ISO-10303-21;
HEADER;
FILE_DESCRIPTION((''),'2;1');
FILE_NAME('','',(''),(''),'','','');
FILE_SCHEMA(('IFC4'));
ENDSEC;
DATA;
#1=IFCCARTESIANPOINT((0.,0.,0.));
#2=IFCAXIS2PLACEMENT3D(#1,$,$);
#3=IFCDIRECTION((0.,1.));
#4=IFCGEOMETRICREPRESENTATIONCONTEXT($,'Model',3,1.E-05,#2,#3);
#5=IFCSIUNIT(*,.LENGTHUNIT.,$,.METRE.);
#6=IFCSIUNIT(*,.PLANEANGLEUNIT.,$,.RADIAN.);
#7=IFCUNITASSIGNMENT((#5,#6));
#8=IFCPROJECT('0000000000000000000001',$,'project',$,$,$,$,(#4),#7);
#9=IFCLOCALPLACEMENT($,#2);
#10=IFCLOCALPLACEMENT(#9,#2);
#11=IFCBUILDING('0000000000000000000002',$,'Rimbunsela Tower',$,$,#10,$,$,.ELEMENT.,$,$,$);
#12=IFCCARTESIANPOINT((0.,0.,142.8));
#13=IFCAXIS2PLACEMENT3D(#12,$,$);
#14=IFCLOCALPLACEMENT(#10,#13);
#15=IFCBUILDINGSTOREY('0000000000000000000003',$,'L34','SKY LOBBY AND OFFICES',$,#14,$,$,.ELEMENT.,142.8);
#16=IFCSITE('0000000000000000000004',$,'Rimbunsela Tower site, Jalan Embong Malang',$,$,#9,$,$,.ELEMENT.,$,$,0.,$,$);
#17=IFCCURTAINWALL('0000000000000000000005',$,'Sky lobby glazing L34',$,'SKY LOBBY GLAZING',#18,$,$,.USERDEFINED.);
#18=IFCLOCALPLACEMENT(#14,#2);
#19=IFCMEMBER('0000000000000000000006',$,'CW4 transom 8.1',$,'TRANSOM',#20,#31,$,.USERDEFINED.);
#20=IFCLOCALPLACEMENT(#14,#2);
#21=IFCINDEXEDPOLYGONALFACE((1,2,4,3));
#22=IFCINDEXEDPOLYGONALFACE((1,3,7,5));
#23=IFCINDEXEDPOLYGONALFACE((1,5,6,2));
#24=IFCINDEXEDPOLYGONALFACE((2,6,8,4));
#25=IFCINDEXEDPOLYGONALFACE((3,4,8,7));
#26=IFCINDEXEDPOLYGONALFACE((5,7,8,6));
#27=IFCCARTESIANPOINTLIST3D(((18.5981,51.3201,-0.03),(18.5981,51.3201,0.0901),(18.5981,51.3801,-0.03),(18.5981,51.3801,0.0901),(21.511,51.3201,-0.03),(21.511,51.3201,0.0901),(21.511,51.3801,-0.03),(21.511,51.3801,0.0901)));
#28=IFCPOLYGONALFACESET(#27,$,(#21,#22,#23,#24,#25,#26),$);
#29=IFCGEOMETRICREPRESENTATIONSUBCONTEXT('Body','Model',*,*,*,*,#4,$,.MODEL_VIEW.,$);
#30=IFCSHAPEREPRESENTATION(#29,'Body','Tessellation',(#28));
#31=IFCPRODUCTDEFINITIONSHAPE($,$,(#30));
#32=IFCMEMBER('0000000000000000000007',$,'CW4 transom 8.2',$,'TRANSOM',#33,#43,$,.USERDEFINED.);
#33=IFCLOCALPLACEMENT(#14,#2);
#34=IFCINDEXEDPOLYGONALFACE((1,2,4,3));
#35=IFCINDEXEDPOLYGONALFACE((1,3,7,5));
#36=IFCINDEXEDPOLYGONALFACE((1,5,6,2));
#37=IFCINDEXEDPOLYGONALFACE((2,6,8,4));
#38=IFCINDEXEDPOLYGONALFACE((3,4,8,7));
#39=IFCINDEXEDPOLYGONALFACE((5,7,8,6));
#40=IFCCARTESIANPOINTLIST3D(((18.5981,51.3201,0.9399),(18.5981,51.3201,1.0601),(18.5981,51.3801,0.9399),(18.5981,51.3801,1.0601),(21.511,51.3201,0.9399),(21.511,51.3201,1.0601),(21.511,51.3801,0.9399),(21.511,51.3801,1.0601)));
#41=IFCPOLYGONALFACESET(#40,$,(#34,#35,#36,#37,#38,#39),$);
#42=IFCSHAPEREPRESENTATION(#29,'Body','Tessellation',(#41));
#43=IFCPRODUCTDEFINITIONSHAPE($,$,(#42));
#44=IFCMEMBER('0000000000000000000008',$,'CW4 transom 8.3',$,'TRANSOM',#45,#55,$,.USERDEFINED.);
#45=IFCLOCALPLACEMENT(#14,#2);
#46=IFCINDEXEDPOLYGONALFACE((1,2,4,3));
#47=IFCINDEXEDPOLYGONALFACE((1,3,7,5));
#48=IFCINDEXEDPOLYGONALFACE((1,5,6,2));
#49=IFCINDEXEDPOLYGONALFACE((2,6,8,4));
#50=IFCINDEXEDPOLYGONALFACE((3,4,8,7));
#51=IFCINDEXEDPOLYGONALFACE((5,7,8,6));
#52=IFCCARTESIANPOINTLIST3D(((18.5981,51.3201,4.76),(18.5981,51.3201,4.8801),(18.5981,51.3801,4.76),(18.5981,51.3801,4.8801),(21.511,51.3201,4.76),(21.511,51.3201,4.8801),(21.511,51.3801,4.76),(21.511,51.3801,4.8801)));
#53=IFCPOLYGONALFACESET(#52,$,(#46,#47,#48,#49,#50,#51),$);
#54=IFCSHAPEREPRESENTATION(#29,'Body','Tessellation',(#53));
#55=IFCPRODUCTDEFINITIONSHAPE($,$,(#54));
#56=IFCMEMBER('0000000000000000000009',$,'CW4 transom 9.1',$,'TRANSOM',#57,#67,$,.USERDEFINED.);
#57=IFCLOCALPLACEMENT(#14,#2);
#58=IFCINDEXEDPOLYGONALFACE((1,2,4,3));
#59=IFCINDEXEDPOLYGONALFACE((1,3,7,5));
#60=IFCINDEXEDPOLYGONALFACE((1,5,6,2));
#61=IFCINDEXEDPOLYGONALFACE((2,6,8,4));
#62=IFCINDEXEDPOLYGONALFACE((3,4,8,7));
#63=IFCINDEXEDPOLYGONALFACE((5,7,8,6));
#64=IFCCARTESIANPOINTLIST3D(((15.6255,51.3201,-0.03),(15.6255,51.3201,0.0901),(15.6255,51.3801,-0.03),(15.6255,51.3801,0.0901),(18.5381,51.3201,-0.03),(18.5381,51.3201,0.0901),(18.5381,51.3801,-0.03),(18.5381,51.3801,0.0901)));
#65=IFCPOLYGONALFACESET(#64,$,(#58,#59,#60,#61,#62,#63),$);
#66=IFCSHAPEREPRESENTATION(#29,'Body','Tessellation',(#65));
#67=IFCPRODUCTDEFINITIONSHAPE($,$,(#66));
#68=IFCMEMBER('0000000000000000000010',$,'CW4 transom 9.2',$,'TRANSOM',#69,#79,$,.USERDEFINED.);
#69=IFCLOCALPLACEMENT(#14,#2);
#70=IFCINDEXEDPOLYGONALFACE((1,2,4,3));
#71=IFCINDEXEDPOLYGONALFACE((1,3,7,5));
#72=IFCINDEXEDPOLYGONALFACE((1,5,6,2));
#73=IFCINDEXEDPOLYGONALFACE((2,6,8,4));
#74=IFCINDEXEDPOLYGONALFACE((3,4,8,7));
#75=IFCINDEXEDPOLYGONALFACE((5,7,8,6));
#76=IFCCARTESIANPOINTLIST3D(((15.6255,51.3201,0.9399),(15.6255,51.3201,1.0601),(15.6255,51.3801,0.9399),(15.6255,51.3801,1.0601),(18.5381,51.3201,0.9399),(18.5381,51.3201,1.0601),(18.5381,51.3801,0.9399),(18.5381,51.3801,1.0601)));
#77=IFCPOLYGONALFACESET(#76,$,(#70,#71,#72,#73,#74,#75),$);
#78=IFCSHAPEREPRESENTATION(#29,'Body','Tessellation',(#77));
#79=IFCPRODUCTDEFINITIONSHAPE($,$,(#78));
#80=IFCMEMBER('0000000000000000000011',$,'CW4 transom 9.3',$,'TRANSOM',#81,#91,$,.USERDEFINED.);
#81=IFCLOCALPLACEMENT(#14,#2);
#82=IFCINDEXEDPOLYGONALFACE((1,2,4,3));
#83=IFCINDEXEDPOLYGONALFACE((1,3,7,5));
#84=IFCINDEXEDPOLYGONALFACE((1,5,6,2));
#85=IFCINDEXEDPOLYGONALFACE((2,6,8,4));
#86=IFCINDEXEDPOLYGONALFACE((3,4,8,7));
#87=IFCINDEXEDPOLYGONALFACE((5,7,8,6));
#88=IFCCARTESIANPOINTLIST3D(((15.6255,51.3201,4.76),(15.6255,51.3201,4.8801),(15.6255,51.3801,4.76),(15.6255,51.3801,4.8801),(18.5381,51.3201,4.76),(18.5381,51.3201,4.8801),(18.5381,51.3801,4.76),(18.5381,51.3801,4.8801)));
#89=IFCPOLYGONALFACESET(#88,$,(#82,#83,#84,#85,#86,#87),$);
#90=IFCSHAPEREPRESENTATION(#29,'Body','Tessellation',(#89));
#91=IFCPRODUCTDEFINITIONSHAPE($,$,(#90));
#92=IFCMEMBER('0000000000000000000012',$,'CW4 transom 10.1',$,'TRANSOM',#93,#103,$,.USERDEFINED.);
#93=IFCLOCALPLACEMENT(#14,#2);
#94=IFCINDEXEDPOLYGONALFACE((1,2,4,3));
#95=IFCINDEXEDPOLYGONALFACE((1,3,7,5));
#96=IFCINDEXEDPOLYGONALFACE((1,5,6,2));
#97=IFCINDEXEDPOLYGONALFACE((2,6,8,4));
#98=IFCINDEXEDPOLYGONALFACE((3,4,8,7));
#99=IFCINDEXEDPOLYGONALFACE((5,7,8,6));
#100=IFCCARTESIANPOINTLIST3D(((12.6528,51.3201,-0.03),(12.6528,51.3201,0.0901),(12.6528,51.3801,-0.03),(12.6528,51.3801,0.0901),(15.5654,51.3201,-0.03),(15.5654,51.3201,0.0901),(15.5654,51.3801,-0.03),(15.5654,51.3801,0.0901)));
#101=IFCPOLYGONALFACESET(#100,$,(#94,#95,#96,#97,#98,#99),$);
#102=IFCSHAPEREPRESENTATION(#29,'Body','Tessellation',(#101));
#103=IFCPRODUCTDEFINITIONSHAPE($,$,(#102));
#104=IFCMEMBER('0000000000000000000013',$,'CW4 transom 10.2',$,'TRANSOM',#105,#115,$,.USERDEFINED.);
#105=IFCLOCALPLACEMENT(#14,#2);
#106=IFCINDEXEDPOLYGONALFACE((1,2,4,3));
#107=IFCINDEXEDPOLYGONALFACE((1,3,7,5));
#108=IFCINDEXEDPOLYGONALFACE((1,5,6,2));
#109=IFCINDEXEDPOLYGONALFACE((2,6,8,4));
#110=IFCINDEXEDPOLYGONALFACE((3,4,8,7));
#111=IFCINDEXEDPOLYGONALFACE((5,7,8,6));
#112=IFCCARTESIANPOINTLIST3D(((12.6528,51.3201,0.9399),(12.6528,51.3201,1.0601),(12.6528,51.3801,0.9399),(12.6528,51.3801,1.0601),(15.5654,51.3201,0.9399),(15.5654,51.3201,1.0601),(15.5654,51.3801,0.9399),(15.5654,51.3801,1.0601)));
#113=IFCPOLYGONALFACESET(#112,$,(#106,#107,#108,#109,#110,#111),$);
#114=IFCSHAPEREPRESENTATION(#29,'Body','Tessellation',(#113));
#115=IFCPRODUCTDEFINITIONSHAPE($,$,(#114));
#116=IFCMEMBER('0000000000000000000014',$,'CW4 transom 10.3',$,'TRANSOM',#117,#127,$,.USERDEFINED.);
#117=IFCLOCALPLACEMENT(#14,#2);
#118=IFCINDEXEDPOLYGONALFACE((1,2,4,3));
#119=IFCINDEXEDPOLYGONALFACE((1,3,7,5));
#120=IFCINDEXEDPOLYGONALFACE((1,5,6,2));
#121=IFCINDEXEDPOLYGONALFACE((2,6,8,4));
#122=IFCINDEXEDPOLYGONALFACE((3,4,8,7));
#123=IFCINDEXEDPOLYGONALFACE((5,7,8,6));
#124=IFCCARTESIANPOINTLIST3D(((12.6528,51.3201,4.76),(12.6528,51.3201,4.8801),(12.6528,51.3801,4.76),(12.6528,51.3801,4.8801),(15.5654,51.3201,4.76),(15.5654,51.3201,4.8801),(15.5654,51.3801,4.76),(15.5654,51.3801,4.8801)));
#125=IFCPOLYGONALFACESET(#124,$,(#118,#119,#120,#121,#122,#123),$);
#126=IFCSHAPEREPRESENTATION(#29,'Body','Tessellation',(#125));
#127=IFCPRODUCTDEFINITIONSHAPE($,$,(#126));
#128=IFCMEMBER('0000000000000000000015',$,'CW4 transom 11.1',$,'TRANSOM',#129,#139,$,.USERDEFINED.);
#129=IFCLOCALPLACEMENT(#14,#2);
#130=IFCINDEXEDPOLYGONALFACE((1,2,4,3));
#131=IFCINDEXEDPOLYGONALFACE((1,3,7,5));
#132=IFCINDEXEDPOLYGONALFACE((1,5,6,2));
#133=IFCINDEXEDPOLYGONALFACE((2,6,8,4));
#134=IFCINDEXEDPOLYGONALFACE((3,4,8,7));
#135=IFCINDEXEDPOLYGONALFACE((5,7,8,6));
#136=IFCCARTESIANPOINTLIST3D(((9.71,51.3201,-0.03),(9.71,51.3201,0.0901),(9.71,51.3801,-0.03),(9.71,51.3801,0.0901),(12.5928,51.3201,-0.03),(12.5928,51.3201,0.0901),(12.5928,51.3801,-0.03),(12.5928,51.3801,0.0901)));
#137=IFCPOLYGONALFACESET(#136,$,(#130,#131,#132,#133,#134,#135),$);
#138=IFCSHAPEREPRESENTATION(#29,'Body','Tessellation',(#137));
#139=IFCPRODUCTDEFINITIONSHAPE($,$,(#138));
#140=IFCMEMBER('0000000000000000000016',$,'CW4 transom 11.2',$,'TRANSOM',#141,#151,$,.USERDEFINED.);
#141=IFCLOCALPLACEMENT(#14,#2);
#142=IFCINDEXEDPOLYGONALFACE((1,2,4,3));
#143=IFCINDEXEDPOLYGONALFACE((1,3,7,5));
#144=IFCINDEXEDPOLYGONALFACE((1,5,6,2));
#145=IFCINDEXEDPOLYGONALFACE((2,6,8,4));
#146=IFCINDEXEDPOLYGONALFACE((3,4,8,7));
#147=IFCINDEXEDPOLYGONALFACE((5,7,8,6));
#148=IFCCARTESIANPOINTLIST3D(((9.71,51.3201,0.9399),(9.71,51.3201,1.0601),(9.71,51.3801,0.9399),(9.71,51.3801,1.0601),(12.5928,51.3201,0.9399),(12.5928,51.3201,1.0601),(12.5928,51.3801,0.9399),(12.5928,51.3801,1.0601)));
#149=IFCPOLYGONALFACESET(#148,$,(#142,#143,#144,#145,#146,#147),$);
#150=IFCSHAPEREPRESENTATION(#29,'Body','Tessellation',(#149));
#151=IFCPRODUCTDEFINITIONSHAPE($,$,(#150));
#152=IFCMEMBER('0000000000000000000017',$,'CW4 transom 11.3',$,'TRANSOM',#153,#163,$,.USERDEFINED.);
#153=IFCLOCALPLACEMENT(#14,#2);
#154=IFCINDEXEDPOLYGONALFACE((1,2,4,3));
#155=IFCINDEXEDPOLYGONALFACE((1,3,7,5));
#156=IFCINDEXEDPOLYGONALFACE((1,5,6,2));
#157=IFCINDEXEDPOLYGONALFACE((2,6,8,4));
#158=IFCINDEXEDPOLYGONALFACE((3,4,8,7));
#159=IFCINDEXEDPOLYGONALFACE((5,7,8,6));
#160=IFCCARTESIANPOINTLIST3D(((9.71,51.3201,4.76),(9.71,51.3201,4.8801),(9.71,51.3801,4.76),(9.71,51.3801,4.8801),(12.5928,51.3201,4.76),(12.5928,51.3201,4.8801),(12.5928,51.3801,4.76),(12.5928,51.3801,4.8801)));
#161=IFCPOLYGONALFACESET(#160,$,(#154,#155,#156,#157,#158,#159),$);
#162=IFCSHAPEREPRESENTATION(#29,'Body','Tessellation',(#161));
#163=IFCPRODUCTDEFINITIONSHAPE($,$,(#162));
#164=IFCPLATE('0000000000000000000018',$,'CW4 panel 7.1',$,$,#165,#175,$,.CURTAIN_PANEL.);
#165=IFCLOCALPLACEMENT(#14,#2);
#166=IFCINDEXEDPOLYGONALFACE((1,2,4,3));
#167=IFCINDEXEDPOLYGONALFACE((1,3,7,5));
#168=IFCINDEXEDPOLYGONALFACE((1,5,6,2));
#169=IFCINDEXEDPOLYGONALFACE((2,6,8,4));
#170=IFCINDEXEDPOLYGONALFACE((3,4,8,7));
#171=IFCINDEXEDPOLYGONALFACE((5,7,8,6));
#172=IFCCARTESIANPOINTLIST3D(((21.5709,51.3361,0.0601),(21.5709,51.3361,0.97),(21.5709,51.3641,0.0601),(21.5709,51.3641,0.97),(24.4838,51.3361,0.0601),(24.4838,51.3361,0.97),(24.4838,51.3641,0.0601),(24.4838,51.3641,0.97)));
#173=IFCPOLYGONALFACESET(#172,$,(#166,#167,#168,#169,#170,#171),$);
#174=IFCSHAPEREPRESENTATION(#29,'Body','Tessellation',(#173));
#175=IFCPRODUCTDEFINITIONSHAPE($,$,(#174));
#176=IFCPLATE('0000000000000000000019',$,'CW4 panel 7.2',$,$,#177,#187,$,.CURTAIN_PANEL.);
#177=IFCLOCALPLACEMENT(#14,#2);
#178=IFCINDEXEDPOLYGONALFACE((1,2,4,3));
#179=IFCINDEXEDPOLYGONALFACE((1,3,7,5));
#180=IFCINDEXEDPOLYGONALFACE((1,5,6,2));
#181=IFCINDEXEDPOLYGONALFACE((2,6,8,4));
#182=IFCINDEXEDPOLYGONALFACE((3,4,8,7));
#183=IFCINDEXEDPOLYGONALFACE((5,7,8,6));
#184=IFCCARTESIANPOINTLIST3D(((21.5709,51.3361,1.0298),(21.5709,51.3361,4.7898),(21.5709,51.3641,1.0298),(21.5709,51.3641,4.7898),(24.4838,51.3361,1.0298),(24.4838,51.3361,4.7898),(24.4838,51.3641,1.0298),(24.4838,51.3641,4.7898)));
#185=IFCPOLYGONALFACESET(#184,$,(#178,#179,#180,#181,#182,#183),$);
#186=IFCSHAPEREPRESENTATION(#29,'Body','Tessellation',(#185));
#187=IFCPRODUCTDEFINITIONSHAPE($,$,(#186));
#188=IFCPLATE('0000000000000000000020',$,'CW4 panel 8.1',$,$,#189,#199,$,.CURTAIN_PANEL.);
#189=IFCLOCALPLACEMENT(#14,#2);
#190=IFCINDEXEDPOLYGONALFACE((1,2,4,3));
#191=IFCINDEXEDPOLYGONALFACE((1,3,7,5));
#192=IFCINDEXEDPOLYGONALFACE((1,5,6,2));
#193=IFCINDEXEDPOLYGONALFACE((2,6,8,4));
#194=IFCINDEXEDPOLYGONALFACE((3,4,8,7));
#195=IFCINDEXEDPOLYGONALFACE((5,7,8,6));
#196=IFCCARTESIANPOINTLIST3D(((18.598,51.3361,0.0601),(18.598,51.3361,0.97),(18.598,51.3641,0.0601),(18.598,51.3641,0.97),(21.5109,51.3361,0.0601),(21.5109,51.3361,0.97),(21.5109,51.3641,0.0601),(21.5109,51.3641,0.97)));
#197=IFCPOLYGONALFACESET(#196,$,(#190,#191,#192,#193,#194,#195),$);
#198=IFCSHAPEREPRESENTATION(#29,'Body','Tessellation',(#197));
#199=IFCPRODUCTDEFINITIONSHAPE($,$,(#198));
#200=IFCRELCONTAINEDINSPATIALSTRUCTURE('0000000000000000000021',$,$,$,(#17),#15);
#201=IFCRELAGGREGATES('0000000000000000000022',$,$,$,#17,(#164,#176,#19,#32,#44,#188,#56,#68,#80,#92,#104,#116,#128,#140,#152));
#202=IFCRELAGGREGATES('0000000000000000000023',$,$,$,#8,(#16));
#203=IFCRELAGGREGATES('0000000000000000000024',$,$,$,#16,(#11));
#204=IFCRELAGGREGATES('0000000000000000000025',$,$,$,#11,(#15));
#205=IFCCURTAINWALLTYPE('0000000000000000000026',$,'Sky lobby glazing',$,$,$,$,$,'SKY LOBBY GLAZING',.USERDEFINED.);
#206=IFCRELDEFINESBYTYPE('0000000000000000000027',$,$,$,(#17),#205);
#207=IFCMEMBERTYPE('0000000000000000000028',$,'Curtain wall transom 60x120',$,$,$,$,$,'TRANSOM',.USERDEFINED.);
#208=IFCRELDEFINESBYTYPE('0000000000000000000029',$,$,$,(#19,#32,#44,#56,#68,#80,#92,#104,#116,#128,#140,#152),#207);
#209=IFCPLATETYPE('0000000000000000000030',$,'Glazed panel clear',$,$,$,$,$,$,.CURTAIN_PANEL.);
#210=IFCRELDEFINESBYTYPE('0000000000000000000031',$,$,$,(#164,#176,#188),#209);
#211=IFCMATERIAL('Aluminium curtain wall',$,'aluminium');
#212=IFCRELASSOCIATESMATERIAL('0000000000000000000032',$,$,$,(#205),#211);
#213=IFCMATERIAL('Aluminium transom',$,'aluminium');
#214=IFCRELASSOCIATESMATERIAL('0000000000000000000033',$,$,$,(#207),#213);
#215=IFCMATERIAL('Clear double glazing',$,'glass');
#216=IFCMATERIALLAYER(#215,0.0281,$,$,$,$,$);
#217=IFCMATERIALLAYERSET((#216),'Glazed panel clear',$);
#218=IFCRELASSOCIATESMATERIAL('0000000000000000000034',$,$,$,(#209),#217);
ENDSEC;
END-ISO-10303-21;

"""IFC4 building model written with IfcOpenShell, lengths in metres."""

from ifc_helpers import new_model, si_unit, direction, frame, origin, origin_2d, place, context, subcontext, project, spatial, rectangle, extrude, material, layer, layer_set, material_profile, profile_set, type_object, element, aggregate, save


model = new_model("IFC4")

# Units and contexts
model_context = context("Model", 3, precision=1e-05, world=origin(), true_north=direction((0.0, 1.0)))
body_context = subcontext(model_context, "Body", "Model", "MODEL_VIEW")
ifc_project = project(units=[si_unit("LENGTHUNIT", "METRE"), si_unit("PLANEANGLEUNIT", "RADIAN")], contexts=[model_context])

# Site, building, storey
site_placement = place(None, origin())
site = spatial("IfcSite", under=ifc_project, at=site_placement, Name="Rimbunsela Tower site, Jalan Embong Malang", CompositionType="ELEMENT", RefElevation=0.0)
building_placement = place(site_placement, origin())
building = spatial("IfcBuilding", under=site, at=building_placement, Name="Rimbunsela Tower", CompositionType="ELEMENT")
storey_placement = place(building_placement, frame((0.0, 0.0, 142.8)))
storey = spatial("IfcBuildingStorey", under=building, at=storey_placement, Name="L34", Description="SKY LOBBY AND OFFICES", CompositionType="ELEMENT", Elevation=142.8)

# Curtain wall, members, plates
ifc_material_1 = material(Name="Aluminium curtain wall", Category="aluminium")
curtain_wall_type = type_object("IfcCurtainWallType", Name="Sky lobby glazing", ElementType="SKY LOBBY GLAZING", PredefinedType="USERDEFINED", material=ifc_material_1)
curtain_wall_placement = place(storey_placement, origin())
curtain_wall = element("IfcCurtainWall", 1, at=curtain_wall_placement, inside=storey, type_object=curtain_wall_type, Name="Sky lobby glazing L34", ObjectType="SKY LOBBY GLAZING", PredefinedType="USERDEFINED")
ifc_material_2 = material(Name="Aluminium transom", Category="aluminium")
ifc_material_profile_1 = material_profile(ifc_material_2, rectangle(XDim=0.0601, YDim=0.1201, at=origin_2d()), Name="Transom 60x120")
ifc_profile_set_1 = profile_set([ifc_material_profile_1], Name="Aluminium transom")
member_type_1 = type_object("IfcMemberType", Name="Curtain wall transom 60x120", ElementType="TRANSOM", PredefinedType="USERDEFINED", material=ifc_profile_set_1)
member_1_placement = place(storey_placement, frame((21.511, 51.3501, 0.03), z_axis=(-1.0, 0.0, 0.0), x_axis=(0.0, -1.0, 0.0)))
member_1 = element("IfcMember", 2, at=member_1_placement, type_object=member_type_1, Name="CW4 transom 8.1", ObjectType="TRANSOM", PredefinedType="USERDEFINED", context=body_context, shape_type="SweptSolid", body=[
    extrude(rectangle(XDim=0.0601, YDim=0.1201, at=origin_2d()), origin(), (0.0, 0.0, 1.0), 2.9128),
])
member_2_placement = place(storey_placement, frame((21.511, 51.3501, 1.0), z_axis=(-1.0, 0.0, 0.0), x_axis=(0.0, -1.0, 0.0)))
member_2 = element("IfcMember", 3, at=member_2_placement, type_object=member_type_1, Name="CW4 transom 8.2", ObjectType="TRANSOM", PredefinedType="USERDEFINED", context=body_context, shape_type="SweptSolid", body=[
    extrude(rectangle(XDim=0.0601, YDim=0.1201, at=origin_2d()), origin(), (0.0, 0.0, 1.0), 2.9128),
])
member_3_placement = place(storey_placement, frame((21.511, 51.3501, 4.8201), z_axis=(-1.0, 0.0, 0.0), x_axis=(0.0, -1.0, 0.0)))
member_3 = element("IfcMember", 4, at=member_3_placement, type_object=member_type_1, Name="CW4 transom 8.3", ObjectType="TRANSOM", PredefinedType="USERDEFINED", context=body_context, shape_type="SweptSolid", body=[
    extrude(rectangle(XDim=0.0601, YDim=0.1201, at=origin_2d()), origin(), (0.0, 0.0, 1.0), 2.9128),
])
member_4_placement = place(storey_placement, frame((18.5381, 51.3501, 0.03), z_axis=(-1.0, 0.0, 0.0), x_axis=(0.0, -1.0, 0.0)))
member_4 = element("IfcMember", 5, at=member_4_placement, type_object=member_type_1, Name="CW4 transom 9.1", ObjectType="TRANSOM", PredefinedType="USERDEFINED", context=body_context, shape_type="SweptSolid", body=[
    extrude(rectangle(XDim=0.0601, YDim=0.1201, at=origin_2d()), origin(), (0.0, 0.0, 1.0), 2.9126),
])
member_5_placement = place(storey_placement, frame((18.5381, 51.3501, 1.0), z_axis=(-1.0, 0.0, 0.0), x_axis=(0.0, -1.0, 0.0)))
member_5 = element("IfcMember", 6, at=member_5_placement, type_object=member_type_1, Name="CW4 transom 9.2", ObjectType="TRANSOM", PredefinedType="USERDEFINED", context=body_context, shape_type="SweptSolid", body=[
    extrude(rectangle(XDim=0.0601, YDim=0.1201, at=origin_2d()), origin(), (0.0, 0.0, 1.0), 2.9126),
])
member_6_placement = place(storey_placement, frame((18.5381, 51.3501, 4.8201), z_axis=(-1.0, 0.0, 0.0), x_axis=(0.0, -1.0, 0.0)))
member_6 = element("IfcMember", 7, at=member_6_placement, type_object=member_type_1, Name="CW4 transom 9.3", ObjectType="TRANSOM", PredefinedType="USERDEFINED", context=body_context, shape_type="SweptSolid", body=[
    extrude(rectangle(XDim=0.0601, YDim=0.1201, at=origin_2d()), origin(), (0.0, 0.0, 1.0), 2.9126),
])
member_7_placement = place(storey_placement, frame((15.5654, 51.3501, 0.03), z_axis=(-1.0, 0.0, 0.0), x_axis=(0.0, -1.0, 0.0)))
member_7 = element("IfcMember", 8, at=member_7_placement, type_object=member_type_1, Name="CW4 transom 10.1", ObjectType="TRANSOM", PredefinedType="USERDEFINED", context=body_context, shape_type="SweptSolid", body=[
    extrude(rectangle(XDim=0.0601, YDim=0.1201, at=origin_2d()), origin(), (0.0, 0.0, 1.0), 2.9126),
])
member_8_placement = place(storey_placement, frame((15.5654, 51.3501, 1.0), z_axis=(-1.0, 0.0, 0.0), x_axis=(0.0, -1.0, 0.0)))
member_8 = element("IfcMember", 9, at=member_8_placement, type_object=member_type_1, Name="CW4 transom 10.2", ObjectType="TRANSOM", PredefinedType="USERDEFINED", context=body_context, shape_type="SweptSolid", body=[
    extrude(rectangle(XDim=0.0601, YDim=0.1201, at=origin_2d()), origin(), (0.0, 0.0, 1.0), 2.9126),
])
member_9_placement = place(storey_placement, frame((15.5654, 51.3501, 4.8201), z_axis=(-1.0, 0.0, 0.0), x_axis=(0.0, -1.0, 0.0)))
member_9 = element("IfcMember", 10, at=member_9_placement, type_object=member_type_1, Name="CW4 transom 10.3", ObjectType="TRANSOM", PredefinedType="USERDEFINED", context=body_context, shape_type="SweptSolid", body=[
    extrude(rectangle(XDim=0.0601, YDim=0.1201, at=origin_2d()), origin(), (0.0, 0.0, 1.0), 2.9126),
])
member_10_placement = place(storey_placement, frame((12.5928, 51.3501, 0.03), z_axis=(-1.0, 0.0, 0.0), x_axis=(0.0, -1.0, 0.0)))
member_10 = element("IfcMember", 11, at=member_10_placement, type_object=member_type_1, Name="CW4 transom 11.1", ObjectType="TRANSOM", PredefinedType="USERDEFINED", context=body_context, shape_type="SweptSolid", body=[
    extrude(rectangle(XDim=0.0601, YDim=0.1201, at=origin_2d()), origin(), (0.0, 0.0, 1.0), 2.8828),
])
member_11_placement = place(storey_placement, frame((12.5928, 51.3501, 1.0), z_axis=(-1.0, 0.0, 0.0), x_axis=(0.0, -1.0, 0.0)))
member_11 = element("IfcMember", 12, at=member_11_placement, type_object=member_type_1, Name="CW4 transom 11.2", ObjectType="TRANSOM", PredefinedType="USERDEFINED", context=body_context, shape_type="SweptSolid", body=[
    extrude(rectangle(XDim=0.0601, YDim=0.1201, at=origin_2d()), origin(), (0.0, 0.0, 1.0), 2.8828),
])
member_12_placement = place(storey_placement, frame((12.5928, 51.3501, 4.8201), z_axis=(-1.0, 0.0, 0.0), x_axis=(0.0, -1.0, 0.0)))
member_12 = element("IfcMember", 13, at=member_12_placement, type_object=member_type_1, Name="CW4 transom 11.3", ObjectType="TRANSOM", PredefinedType="USERDEFINED", context=body_context, shape_type="SweptSolid", body=[
    extrude(rectangle(XDim=0.0601, YDim=0.1201, at=origin_2d()), origin(), (0.0, 0.0, 1.0), 2.8828),
])
ifc_material_3 = material(Name="Clear double glazing", Category="glass")
ifc_layer = layer(ifc_material_3, 0.0281)
ifc_layer_set = layer_set([ifc_layer], Name="Glazed panel clear")
plate_type = type_object("IfcPlateType", Name="Glazed panel clear", PredefinedType="CURTAIN_PANEL", material=ifc_layer_set)
plate_1_placement = place(storey_placement, frame((23.0273, 51.3501, 0.0601), z_axis=(0.0, 0.0, 1.0), x_axis=(-1.0, 0.0, 0.0)))
plate_1 = element("IfcPlate", 14, at=plate_1_placement, type_object=plate_type, Name="CW4 panel 7.1", PredefinedType="CURTAIN_PANEL", context=body_context, shape_type="SweptSolid", body=[
    extrude(rectangle(XDim=2.9128, YDim=0.0281, at=origin_2d()), origin(), (0.0, 0.0, 1.0), 0.9099),
])
plate_2_placement = place(storey_placement, frame((23.0273, 51.3501, 1.0298), z_axis=(0.0, 0.0, 1.0), x_axis=(-1.0, 0.0, 0.0)))
plate_2 = element("IfcPlate", 15, at=plate_2_placement, type_object=plate_type, Name="CW4 panel 7.2", PredefinedType="CURTAIN_PANEL", context=body_context, shape_type="SweptSolid", body=[
    extrude(rectangle(XDim=2.9128, YDim=0.0281, at=origin_2d()), origin(), (0.0, 0.0, 1.0), 3.76),
])
plate_3_placement = place(storey_placement, frame((20.0544, 51.3501, 0.0601), z_axis=(0.0, 0.0, 1.0), x_axis=(-1.0, 0.0, 0.0)))
plate_3 = element("IfcPlate", 16, at=plate_3_placement, type_object=plate_type, Name="CW4 panel 8.1", PredefinedType="CURTAIN_PANEL", context=body_context, shape_type="SweptSolid", body=[
    extrude(rectangle(XDim=2.9128, YDim=0.0281, at=origin_2d()), origin(), (0.0, 0.0, 1.0), 0.9099),
])
aggregate(curtain_wall, [plate_1, plate_2, member_1, member_2, member_3, plate_3, member_4, member_5, member_6, member_7, member_8, member_9, member_10, member_11, member_12])

save(model, "model.ifc")
